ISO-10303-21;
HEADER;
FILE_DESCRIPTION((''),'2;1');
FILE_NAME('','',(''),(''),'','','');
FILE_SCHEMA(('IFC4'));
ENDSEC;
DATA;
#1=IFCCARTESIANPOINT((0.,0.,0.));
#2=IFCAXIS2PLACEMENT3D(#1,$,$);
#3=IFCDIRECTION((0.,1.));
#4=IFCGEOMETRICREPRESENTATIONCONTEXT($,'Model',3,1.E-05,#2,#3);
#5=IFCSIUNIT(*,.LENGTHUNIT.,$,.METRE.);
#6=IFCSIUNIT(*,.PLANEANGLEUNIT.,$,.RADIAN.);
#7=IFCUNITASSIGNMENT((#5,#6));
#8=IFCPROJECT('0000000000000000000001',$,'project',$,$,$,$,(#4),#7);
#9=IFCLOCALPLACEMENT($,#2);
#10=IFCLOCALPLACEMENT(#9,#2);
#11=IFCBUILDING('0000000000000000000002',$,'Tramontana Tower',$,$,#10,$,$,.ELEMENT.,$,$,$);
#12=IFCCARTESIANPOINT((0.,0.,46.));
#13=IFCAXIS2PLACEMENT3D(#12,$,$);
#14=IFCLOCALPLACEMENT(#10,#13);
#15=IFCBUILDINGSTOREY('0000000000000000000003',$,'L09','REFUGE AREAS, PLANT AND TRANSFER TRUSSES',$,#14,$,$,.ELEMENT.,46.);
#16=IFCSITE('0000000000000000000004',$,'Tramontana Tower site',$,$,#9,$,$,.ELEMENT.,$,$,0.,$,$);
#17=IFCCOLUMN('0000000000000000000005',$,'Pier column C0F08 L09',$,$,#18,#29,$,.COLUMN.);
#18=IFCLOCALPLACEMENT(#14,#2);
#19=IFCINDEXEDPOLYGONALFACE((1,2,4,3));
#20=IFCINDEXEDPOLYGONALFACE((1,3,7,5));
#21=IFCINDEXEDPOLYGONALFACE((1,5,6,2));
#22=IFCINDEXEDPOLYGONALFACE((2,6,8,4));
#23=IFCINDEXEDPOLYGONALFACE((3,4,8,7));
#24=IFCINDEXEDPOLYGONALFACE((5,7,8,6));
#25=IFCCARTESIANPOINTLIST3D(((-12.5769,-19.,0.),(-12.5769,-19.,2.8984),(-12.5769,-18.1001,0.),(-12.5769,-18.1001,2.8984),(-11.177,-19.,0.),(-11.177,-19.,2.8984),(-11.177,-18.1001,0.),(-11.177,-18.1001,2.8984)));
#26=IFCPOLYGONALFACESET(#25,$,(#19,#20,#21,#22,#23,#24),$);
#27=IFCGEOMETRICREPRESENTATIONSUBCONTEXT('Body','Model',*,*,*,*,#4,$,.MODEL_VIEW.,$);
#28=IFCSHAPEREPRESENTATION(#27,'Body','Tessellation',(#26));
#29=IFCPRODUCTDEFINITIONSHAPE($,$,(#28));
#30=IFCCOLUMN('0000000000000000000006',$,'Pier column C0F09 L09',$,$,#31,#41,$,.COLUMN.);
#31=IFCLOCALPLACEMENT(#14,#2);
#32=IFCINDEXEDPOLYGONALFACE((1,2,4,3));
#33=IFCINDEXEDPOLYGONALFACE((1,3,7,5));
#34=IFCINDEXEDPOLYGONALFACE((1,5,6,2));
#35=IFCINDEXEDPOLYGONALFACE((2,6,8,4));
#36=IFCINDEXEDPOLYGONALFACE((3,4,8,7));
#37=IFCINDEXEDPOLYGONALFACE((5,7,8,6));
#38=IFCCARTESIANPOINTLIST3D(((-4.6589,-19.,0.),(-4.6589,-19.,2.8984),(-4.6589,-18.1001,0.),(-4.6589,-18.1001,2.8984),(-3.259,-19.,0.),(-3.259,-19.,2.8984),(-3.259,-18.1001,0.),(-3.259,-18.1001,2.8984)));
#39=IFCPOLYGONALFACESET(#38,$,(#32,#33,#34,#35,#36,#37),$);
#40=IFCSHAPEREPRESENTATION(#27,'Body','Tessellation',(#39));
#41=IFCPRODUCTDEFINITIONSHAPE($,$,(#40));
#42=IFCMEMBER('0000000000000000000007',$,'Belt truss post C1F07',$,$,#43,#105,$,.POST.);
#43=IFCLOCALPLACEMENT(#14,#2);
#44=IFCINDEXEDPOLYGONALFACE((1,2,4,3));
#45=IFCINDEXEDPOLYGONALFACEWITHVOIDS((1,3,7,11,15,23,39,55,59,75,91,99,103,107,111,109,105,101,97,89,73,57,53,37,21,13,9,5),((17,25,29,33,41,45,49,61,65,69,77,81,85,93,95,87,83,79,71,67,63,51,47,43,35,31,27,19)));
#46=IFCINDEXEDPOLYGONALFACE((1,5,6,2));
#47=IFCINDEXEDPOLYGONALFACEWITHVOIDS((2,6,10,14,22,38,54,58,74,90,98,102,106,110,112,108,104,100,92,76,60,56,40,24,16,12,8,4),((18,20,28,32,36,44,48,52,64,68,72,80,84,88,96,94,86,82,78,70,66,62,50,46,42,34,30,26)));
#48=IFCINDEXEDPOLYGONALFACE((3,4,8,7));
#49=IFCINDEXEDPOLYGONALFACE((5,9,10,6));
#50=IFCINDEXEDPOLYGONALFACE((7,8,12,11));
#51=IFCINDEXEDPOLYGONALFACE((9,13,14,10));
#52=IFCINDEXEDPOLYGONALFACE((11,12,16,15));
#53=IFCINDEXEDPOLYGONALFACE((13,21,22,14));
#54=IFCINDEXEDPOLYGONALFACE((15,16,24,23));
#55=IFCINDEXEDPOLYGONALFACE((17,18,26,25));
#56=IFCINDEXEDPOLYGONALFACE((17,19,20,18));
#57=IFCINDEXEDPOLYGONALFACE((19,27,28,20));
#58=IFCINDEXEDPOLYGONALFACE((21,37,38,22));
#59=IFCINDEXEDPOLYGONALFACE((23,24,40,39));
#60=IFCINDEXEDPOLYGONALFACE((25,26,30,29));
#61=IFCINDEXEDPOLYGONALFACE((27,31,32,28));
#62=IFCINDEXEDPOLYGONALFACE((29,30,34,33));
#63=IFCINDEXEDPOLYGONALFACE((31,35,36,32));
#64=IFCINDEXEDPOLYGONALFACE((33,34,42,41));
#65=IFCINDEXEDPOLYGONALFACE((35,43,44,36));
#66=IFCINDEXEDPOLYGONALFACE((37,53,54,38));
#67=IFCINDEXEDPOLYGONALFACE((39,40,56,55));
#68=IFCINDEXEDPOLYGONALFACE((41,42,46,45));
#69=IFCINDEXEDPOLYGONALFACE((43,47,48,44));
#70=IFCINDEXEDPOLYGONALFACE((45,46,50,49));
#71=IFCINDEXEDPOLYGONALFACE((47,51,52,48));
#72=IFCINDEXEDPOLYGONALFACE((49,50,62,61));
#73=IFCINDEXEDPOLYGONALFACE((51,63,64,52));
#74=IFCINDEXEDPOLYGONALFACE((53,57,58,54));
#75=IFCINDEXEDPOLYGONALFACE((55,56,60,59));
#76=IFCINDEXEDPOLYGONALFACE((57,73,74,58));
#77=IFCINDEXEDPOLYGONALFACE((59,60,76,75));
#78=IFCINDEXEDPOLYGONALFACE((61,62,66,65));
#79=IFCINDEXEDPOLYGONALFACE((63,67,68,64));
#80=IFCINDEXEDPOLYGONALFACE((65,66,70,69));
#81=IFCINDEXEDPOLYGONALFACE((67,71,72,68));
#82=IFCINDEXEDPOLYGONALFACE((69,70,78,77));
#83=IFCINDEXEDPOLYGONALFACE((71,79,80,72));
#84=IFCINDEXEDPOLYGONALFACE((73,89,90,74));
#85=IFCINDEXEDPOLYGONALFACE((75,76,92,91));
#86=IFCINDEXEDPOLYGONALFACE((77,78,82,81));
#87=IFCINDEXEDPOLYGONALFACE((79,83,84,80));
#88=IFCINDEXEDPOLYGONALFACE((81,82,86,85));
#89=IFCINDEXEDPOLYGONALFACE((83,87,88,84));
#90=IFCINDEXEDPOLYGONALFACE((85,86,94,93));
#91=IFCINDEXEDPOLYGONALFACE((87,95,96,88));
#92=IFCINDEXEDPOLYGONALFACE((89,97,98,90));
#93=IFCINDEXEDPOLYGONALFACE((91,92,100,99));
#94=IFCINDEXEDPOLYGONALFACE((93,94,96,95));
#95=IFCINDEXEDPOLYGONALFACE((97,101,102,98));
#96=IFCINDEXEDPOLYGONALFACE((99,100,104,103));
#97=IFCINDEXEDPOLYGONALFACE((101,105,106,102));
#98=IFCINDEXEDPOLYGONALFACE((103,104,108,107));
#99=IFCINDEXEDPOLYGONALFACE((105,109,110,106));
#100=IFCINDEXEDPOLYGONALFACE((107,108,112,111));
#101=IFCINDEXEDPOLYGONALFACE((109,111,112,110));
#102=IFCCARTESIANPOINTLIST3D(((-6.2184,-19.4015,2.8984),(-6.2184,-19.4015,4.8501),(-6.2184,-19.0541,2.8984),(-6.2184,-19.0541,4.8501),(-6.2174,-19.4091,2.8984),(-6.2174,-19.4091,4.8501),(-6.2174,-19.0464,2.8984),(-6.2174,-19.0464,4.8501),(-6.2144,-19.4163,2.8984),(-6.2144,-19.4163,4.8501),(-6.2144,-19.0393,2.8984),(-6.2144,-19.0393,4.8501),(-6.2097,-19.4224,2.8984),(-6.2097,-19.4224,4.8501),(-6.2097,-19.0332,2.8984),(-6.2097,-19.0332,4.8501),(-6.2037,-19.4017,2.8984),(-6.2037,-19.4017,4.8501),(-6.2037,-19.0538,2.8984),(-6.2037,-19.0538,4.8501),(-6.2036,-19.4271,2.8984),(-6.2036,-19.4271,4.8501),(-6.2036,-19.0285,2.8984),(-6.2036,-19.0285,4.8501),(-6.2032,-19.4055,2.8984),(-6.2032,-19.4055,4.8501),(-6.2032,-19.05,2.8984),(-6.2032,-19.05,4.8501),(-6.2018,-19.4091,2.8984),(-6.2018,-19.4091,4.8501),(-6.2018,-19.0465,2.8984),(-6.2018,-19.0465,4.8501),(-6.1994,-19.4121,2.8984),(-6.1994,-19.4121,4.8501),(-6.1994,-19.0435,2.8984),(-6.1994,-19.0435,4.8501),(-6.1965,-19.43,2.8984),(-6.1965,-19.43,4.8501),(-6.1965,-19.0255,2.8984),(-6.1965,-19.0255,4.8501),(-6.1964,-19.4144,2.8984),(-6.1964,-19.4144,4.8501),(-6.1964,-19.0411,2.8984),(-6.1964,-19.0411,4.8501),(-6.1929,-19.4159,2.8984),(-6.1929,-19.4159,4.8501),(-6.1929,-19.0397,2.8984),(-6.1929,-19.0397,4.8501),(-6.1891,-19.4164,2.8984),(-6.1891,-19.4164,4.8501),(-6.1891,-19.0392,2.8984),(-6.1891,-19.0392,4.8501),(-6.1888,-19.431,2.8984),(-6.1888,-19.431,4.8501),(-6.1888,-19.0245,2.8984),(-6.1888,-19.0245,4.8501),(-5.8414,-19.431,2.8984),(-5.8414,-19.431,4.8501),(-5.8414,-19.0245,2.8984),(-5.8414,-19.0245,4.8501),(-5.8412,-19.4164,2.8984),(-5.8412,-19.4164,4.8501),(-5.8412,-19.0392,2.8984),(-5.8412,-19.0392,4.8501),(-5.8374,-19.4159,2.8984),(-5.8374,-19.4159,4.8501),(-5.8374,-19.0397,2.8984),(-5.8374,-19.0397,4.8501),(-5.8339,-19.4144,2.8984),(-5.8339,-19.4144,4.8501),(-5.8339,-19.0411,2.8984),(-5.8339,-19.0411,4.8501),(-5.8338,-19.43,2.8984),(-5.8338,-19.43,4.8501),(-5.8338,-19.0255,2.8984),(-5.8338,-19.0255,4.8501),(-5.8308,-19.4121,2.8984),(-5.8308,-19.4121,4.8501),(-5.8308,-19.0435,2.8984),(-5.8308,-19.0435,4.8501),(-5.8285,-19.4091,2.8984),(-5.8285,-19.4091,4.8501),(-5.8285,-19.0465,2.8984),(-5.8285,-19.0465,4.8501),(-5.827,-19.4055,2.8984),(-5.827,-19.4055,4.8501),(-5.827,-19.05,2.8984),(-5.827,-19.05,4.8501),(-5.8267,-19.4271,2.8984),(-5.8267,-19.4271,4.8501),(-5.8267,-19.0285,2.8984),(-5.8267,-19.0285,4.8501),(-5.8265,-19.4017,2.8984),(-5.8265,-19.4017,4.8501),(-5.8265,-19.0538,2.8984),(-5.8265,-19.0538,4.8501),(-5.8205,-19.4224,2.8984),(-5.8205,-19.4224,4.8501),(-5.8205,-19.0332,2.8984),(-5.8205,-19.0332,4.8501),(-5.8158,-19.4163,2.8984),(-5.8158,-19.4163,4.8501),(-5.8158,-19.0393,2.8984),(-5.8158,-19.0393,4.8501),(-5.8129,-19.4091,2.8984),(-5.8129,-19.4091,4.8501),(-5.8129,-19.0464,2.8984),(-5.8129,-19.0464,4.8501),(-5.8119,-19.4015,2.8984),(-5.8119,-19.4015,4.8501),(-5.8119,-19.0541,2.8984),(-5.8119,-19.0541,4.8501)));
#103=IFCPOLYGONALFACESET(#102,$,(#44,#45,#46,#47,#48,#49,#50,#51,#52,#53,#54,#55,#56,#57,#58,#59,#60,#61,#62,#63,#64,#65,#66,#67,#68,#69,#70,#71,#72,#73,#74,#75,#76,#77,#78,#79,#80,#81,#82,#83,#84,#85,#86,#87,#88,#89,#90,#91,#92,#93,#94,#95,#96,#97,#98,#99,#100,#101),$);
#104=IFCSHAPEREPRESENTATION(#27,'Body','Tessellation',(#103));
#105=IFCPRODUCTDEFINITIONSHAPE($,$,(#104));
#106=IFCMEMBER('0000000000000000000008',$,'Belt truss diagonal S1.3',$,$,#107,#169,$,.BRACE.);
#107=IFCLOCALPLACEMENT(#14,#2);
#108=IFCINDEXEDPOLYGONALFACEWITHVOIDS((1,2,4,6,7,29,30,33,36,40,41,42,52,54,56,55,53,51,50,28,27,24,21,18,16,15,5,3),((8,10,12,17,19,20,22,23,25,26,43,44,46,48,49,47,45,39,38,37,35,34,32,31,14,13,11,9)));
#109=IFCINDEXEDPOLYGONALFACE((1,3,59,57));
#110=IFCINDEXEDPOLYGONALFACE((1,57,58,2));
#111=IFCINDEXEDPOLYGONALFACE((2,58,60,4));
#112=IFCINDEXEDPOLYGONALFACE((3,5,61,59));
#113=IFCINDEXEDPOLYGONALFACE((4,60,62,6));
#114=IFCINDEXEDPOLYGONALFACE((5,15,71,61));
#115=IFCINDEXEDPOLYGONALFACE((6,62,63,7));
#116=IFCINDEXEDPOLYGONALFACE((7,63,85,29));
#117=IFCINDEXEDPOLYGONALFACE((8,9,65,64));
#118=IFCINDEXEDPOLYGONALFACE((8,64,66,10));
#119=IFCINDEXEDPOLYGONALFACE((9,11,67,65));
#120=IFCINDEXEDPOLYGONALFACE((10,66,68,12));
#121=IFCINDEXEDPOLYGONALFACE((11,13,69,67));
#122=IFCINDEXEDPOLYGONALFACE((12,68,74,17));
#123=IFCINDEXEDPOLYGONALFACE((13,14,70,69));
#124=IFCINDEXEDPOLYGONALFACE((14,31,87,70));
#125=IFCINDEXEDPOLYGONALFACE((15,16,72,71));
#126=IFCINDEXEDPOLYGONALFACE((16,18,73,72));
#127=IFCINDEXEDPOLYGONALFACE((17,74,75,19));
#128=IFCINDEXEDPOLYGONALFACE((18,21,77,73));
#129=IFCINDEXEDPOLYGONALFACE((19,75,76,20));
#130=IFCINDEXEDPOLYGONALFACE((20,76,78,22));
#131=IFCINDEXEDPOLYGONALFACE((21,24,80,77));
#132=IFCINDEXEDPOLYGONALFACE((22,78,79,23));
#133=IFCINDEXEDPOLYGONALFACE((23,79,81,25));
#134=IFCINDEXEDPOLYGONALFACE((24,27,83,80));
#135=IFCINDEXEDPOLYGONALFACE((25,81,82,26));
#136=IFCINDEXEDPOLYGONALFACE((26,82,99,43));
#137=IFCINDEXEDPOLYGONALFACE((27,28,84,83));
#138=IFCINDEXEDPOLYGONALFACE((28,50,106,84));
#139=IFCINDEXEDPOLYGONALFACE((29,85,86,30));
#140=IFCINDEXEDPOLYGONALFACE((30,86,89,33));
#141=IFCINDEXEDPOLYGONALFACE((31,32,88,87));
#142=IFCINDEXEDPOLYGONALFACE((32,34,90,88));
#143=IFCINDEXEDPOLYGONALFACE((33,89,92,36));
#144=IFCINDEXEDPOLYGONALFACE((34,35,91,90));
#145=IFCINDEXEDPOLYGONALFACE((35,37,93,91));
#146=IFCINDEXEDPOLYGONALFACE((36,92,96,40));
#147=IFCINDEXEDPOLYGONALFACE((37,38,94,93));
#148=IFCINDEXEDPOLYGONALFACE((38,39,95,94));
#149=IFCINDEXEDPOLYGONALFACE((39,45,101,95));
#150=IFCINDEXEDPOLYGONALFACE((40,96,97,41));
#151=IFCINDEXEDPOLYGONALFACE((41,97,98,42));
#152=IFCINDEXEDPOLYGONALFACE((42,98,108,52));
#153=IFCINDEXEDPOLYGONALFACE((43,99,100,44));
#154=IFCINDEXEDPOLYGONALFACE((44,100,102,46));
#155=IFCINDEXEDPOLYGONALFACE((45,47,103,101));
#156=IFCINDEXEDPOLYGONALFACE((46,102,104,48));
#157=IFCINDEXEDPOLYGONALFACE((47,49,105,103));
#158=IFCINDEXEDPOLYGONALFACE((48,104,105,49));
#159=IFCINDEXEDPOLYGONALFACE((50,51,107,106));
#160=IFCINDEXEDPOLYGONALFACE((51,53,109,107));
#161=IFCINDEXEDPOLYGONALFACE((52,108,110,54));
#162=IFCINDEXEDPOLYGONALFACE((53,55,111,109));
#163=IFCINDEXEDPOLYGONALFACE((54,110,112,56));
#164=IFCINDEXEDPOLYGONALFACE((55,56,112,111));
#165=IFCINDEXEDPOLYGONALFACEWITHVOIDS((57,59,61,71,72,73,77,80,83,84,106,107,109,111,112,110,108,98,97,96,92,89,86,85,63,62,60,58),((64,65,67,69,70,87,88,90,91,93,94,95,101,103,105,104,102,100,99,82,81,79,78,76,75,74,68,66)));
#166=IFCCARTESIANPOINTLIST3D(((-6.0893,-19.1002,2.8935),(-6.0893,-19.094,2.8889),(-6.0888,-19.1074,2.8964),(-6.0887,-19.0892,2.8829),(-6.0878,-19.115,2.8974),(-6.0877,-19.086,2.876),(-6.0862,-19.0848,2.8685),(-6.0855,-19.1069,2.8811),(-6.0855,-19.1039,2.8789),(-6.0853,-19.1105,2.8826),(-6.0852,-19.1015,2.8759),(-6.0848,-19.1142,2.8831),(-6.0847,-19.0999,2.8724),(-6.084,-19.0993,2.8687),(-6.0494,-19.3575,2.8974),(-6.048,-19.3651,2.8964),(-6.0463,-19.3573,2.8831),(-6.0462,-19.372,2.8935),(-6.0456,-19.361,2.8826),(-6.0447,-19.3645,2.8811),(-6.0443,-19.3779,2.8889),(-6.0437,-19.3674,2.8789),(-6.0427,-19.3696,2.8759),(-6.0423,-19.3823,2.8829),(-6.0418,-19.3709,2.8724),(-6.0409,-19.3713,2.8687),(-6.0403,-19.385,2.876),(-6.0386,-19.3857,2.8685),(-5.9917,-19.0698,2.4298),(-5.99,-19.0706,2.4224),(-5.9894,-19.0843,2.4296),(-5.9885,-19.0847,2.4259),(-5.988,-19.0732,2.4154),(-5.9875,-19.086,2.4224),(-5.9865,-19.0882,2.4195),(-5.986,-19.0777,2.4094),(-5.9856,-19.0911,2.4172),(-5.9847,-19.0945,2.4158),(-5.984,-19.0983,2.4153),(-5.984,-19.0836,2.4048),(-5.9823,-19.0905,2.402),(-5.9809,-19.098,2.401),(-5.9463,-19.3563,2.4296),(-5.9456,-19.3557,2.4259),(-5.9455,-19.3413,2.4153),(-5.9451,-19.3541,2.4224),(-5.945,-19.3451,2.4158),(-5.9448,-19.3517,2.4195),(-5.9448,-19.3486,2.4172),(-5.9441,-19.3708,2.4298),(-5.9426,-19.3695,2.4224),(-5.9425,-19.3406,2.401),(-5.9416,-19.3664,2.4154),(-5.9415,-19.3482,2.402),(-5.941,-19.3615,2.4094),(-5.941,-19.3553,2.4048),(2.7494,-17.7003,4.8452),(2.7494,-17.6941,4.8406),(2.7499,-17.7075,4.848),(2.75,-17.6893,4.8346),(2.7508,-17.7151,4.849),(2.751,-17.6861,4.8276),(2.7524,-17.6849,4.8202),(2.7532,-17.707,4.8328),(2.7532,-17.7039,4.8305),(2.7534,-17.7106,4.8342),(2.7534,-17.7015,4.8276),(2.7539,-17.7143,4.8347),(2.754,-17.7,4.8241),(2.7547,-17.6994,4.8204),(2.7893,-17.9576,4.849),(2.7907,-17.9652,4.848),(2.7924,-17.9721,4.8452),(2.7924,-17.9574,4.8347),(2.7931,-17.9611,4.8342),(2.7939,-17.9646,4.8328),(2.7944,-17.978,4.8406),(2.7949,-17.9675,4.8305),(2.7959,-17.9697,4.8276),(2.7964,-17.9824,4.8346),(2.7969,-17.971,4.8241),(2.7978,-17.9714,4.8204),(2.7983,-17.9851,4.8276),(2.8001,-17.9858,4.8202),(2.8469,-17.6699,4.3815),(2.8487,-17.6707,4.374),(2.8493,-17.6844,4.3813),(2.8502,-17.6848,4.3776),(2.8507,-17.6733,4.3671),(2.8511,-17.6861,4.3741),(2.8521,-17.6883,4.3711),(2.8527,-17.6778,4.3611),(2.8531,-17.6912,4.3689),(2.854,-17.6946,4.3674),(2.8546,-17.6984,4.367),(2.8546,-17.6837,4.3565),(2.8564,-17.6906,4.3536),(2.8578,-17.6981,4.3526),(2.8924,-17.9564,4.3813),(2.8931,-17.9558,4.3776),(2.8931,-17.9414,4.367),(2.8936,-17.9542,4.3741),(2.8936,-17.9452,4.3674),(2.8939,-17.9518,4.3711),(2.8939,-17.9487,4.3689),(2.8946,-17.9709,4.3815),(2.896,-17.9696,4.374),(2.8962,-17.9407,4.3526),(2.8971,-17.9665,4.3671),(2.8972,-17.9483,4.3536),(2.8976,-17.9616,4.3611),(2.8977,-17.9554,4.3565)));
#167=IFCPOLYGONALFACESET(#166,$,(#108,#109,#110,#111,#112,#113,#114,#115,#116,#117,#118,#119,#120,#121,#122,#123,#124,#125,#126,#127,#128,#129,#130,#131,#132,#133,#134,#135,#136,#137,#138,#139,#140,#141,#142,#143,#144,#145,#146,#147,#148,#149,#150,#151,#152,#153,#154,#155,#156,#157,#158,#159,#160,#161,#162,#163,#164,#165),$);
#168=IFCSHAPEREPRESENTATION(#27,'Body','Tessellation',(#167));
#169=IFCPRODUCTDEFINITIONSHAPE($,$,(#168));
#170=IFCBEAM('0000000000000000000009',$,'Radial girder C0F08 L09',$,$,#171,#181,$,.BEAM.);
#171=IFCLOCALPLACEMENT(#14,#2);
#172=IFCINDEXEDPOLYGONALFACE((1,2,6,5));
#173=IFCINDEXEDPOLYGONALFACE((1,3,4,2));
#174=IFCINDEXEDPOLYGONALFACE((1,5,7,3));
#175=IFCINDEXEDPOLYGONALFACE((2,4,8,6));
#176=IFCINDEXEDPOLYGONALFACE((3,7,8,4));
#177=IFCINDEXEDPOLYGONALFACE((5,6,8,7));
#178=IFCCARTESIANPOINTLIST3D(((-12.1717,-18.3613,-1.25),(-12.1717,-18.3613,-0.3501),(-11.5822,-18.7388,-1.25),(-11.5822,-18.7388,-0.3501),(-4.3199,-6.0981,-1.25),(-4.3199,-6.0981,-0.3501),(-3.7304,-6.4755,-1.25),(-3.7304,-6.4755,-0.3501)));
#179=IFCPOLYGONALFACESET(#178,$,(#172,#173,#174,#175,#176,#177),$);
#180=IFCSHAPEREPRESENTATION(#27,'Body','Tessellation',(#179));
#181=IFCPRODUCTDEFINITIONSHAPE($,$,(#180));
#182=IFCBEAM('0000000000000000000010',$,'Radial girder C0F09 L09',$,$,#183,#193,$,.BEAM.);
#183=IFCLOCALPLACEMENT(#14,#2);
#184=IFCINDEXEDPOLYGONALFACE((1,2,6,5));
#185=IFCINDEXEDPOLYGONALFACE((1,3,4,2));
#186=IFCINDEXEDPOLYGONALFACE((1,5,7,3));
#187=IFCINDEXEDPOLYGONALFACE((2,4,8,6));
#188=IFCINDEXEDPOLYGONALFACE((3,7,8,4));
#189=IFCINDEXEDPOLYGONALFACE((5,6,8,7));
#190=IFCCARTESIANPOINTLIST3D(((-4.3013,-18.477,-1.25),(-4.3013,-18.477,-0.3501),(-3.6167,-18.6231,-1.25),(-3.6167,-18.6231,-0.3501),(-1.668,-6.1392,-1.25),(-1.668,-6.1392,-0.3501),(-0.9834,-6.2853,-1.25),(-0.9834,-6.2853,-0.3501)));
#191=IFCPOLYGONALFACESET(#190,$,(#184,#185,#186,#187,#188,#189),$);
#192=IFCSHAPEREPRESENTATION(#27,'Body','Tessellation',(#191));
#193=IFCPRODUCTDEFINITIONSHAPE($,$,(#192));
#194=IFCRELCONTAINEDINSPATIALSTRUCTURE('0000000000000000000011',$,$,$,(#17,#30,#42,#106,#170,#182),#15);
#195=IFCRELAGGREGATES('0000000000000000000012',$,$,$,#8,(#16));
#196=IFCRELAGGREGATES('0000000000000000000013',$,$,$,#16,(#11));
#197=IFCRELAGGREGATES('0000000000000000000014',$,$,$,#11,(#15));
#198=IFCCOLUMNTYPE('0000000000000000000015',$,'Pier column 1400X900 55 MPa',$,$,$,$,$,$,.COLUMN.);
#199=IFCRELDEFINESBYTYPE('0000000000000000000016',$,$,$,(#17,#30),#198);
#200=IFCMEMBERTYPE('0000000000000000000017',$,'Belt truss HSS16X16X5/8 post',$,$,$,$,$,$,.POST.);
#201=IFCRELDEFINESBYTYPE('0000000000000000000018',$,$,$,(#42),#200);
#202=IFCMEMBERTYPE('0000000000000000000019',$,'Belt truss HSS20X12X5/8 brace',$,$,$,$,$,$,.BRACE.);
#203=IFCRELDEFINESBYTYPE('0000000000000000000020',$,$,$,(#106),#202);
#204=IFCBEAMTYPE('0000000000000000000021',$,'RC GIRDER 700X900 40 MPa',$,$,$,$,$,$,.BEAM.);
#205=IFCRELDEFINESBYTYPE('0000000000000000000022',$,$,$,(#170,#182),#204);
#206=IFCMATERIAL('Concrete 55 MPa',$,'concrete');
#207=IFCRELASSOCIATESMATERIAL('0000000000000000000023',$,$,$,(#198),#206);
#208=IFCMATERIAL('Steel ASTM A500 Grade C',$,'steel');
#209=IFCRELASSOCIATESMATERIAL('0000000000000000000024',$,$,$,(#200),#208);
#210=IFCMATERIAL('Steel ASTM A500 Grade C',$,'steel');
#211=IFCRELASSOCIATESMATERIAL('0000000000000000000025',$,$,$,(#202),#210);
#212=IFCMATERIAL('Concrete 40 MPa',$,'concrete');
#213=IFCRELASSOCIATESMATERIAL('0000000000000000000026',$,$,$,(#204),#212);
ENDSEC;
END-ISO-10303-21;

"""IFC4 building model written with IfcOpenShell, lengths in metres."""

from ifc_helpers import new_model, si_unit, direction, frame, origin, origin_2d, place, context, subcontext, project, spatial, rectangle, hollow_rectangle, extrude, material, material_profile, profile_set, type_object, element, save


model = new_model("IFC4")

# Units and contexts
model_context = context("Model", 3, precision=1e-05, world=origin(), true_north=direction((0.0, 1.0)))
body_context = subcontext(model_context, "Body", "Model", "MODEL_VIEW")
ifc_project = project(units=[si_unit("LENGTHUNIT", "METRE"), si_unit("PLANEANGLEUNIT", "RADIAN")], contexts=[model_context])

# Site, building, storey
site_placement = place(None, origin())
site = spatial("IfcSite", under=ifc_project, at=site_placement, Name="Tramontana Tower site", CompositionType="ELEMENT", RefElevation=0.0)
building_placement = place(site_placement, origin())
building = spatial("IfcBuilding", under=site, at=building_placement, Name="Tramontana Tower", CompositionType="ELEMENT")
storey_placement = place(building_placement, frame((0.0, 0.0, 46.0)))
storey = spatial("IfcBuildingStorey", under=building, at=storey_placement, Name="L09", Description="REFUGE AREAS, PLANT AND TRANSFER TRUSSES", CompositionType="ELEMENT", Elevation=46.0)

# Columns
ifc_material_1 = material(Name="Concrete 55 MPa", Category="concrete")
ifc_material_profile_1 = material_profile(ifc_material_1, rectangle(XDim=1.3999, YDim=0.8999, at=origin_2d()), Name="Pier column 1400X900 55 MPa")
ifc_profile_set_1 = profile_set([ifc_material_profile_1], Name="Concrete 55 MPa")
column_type = type_object("IfcColumnType", Name="Pier column 1400X900 55 MPa", PredefinedType="COLUMN", material=ifc_profile_set_1)
for number, where, z_axis, x_axis, name in (
    (1, (-11.877, -18.55, 0.0), (0.0, 0.0, 1.0), (1.0, 0.0, 0.0), "Pier column C0F08 L09"),
    (2, (-3.959, -18.55, 0.0), (0.0, 0.0, 1.0), (1.0, 0.0, 0.0), "Pier column C0F09 L09"),
):
    element("IfcColumn", number, at=place(storey_placement, frame(where, z_axis=z_axis, x_axis=x_axis)), inside=storey, type_object=column_type, Name=name, PredefinedType="COLUMN", context=body_context, shape_type="SweptSolid", body=[
        extrude(rectangle(XDim=1.3999, YDim=0.8999, at=origin_2d()), origin(), (0.0, 0.0, 1.0), 2.8984),
    ])

# Members
ifc_material_2 = material(Name="Steel ASTM A500 Grade C", Category="steel")
ifc_material_profile_2 = material_profile(ifc_material_2, hollow_rectangle(XDim=0.4065, YDim=0.4065, WallThickness=0.0146, InnerFilletRadius=0.0146, OuterFilletRadius=0.0295, at=origin_2d()), Name="HSS16X16X5/8")
ifc_profile_set_2 = profile_set([ifc_material_profile_2], Name="Steel ASTM A500 Grade C")
member_type_1 = type_object("IfcMemberType", Name="Belt truss HSS16X16X5/8 post", PredefinedType="POST", material=ifc_profile_set_2)
member_1_placement = place(storey_placement, frame((-6.0151, -19.2278, 2.8984), z_axis=(0.0, 0.0, 1.0), x_axis=(1.0, 0.0, 0.0)))
element("IfcMember", 3, at=member_1_placement, inside=storey, type_object=member_type_1, Name="Belt truss post C1F07", PredefinedType="POST", context=body_context, shape_type="SweptSolid", body=[
    extrude(hollow_rectangle(XDim=0.4065, YDim=0.4065, WallThickness=0.0146, InnerFilletRadius=0.0146, OuterFilletRadius=0.0295, at=origin_2d()), origin(), (0.0, 0.0, 1.0), 1.9517),
])
ifc_material_3 = material(Name="Steel ASTM A500 Grade C", Category="steel")
ifc_material_profile_3 = material_profile(ifc_material_3, hollow_rectangle(XDim=0.3047, YDim=0.5081, WallThickness=0.0146, InnerFilletRadius=0.0146, OuterFilletRadius=0.0295, at=origin_2d()), Name="HSS20X12X5/8")
ifc_profile_set_3 = profile_set([ifc_material_profile_3], Name="Steel ASTM A500 Grade C")
member_type_2 = type_object("IfcMemberType", Name="Belt truss HSS20X12X5/8 brace", PredefinedType="BRACE", material=ifc_profile_set_3)
member_2_placement = place(storey_placement, frame((-6.0151, -19.2278, 2.6492), z_axis=(0.965005, 0.152842, 0.213083), x_axis=(-0.156435, 0.987688, 0.0)))
element("IfcMember", 4, at=member_2_placement, inside=storey, type_object=member_type_2, Name="Belt truss diagonal S1.3", PredefinedType="BRACE", context=body_context, shape_type="SweptSolid", body=[
    extrude(hollow_rectangle(XDim=0.3047, YDim=0.5081, WallThickness=0.0146, InnerFilletRadius=0.0146, OuterFilletRadius=0.0295, at=origin_2d()), origin(), (0.0, 0.0, 1.0), 9.1592),
])

# Beams
ifc_material_4 = material(Name="Concrete 40 MPa", Category="concrete")
ifc_material_profile_4 = material_profile(ifc_material_4, rectangle(XDim=0.7, YDim=0.8999, at=origin_2d()), Name="RC GIRDER 700X900 40 MPa")
ifc_profile_set_4 = profile_set([ifc_material_profile_4], Name="Concrete 40 MPa")
beam_type = type_object("IfcBeamType", Name="RC GIRDER 700X900 40 MPa", PredefinedType="BEAM", material=ifc_profile_set_4)
beam_1_placement = place(storey_placement, frame((-11.877, -18.55, -0.8), z_axis=(0.539218, 0.842166, 0.0), x_axis=(-0.842166, 0.539218, 0.0)))
element("IfcBeam", 5, at=beam_1_placement, inside=storey, type_object=beam_type, Name="Radial girder C0F08 L09", PredefinedType="BEAM", context=body_context, shape_type="SweptSolid", body=[
    extrude(rectangle(XDim=0.7, YDim=0.8999, at=origin_2d()), origin(), (0.0, 0.0, 1.0), 14.5615),
])
beam_2_placement = place(storey_placement, frame((-3.959, -18.55, -0.8), z_axis=(0.208731, 0.977973, 0.0), x_axis=(-0.977973, 0.208731, 0.0)))
element("IfcBeam", 6, at=beam_2_placement, inside=storey, type_object=beam_type, Name="Radial girder C0F09 L09", PredefinedType="BEAM", context=body_context, shape_type="SweptSolid", body=[
    extrude(rectangle(XDim=0.7, YDim=0.8999, at=origin_2d()), origin(), (0.0, 0.0, 1.0), 12.6157),
])

save(model, "model.ifc")
